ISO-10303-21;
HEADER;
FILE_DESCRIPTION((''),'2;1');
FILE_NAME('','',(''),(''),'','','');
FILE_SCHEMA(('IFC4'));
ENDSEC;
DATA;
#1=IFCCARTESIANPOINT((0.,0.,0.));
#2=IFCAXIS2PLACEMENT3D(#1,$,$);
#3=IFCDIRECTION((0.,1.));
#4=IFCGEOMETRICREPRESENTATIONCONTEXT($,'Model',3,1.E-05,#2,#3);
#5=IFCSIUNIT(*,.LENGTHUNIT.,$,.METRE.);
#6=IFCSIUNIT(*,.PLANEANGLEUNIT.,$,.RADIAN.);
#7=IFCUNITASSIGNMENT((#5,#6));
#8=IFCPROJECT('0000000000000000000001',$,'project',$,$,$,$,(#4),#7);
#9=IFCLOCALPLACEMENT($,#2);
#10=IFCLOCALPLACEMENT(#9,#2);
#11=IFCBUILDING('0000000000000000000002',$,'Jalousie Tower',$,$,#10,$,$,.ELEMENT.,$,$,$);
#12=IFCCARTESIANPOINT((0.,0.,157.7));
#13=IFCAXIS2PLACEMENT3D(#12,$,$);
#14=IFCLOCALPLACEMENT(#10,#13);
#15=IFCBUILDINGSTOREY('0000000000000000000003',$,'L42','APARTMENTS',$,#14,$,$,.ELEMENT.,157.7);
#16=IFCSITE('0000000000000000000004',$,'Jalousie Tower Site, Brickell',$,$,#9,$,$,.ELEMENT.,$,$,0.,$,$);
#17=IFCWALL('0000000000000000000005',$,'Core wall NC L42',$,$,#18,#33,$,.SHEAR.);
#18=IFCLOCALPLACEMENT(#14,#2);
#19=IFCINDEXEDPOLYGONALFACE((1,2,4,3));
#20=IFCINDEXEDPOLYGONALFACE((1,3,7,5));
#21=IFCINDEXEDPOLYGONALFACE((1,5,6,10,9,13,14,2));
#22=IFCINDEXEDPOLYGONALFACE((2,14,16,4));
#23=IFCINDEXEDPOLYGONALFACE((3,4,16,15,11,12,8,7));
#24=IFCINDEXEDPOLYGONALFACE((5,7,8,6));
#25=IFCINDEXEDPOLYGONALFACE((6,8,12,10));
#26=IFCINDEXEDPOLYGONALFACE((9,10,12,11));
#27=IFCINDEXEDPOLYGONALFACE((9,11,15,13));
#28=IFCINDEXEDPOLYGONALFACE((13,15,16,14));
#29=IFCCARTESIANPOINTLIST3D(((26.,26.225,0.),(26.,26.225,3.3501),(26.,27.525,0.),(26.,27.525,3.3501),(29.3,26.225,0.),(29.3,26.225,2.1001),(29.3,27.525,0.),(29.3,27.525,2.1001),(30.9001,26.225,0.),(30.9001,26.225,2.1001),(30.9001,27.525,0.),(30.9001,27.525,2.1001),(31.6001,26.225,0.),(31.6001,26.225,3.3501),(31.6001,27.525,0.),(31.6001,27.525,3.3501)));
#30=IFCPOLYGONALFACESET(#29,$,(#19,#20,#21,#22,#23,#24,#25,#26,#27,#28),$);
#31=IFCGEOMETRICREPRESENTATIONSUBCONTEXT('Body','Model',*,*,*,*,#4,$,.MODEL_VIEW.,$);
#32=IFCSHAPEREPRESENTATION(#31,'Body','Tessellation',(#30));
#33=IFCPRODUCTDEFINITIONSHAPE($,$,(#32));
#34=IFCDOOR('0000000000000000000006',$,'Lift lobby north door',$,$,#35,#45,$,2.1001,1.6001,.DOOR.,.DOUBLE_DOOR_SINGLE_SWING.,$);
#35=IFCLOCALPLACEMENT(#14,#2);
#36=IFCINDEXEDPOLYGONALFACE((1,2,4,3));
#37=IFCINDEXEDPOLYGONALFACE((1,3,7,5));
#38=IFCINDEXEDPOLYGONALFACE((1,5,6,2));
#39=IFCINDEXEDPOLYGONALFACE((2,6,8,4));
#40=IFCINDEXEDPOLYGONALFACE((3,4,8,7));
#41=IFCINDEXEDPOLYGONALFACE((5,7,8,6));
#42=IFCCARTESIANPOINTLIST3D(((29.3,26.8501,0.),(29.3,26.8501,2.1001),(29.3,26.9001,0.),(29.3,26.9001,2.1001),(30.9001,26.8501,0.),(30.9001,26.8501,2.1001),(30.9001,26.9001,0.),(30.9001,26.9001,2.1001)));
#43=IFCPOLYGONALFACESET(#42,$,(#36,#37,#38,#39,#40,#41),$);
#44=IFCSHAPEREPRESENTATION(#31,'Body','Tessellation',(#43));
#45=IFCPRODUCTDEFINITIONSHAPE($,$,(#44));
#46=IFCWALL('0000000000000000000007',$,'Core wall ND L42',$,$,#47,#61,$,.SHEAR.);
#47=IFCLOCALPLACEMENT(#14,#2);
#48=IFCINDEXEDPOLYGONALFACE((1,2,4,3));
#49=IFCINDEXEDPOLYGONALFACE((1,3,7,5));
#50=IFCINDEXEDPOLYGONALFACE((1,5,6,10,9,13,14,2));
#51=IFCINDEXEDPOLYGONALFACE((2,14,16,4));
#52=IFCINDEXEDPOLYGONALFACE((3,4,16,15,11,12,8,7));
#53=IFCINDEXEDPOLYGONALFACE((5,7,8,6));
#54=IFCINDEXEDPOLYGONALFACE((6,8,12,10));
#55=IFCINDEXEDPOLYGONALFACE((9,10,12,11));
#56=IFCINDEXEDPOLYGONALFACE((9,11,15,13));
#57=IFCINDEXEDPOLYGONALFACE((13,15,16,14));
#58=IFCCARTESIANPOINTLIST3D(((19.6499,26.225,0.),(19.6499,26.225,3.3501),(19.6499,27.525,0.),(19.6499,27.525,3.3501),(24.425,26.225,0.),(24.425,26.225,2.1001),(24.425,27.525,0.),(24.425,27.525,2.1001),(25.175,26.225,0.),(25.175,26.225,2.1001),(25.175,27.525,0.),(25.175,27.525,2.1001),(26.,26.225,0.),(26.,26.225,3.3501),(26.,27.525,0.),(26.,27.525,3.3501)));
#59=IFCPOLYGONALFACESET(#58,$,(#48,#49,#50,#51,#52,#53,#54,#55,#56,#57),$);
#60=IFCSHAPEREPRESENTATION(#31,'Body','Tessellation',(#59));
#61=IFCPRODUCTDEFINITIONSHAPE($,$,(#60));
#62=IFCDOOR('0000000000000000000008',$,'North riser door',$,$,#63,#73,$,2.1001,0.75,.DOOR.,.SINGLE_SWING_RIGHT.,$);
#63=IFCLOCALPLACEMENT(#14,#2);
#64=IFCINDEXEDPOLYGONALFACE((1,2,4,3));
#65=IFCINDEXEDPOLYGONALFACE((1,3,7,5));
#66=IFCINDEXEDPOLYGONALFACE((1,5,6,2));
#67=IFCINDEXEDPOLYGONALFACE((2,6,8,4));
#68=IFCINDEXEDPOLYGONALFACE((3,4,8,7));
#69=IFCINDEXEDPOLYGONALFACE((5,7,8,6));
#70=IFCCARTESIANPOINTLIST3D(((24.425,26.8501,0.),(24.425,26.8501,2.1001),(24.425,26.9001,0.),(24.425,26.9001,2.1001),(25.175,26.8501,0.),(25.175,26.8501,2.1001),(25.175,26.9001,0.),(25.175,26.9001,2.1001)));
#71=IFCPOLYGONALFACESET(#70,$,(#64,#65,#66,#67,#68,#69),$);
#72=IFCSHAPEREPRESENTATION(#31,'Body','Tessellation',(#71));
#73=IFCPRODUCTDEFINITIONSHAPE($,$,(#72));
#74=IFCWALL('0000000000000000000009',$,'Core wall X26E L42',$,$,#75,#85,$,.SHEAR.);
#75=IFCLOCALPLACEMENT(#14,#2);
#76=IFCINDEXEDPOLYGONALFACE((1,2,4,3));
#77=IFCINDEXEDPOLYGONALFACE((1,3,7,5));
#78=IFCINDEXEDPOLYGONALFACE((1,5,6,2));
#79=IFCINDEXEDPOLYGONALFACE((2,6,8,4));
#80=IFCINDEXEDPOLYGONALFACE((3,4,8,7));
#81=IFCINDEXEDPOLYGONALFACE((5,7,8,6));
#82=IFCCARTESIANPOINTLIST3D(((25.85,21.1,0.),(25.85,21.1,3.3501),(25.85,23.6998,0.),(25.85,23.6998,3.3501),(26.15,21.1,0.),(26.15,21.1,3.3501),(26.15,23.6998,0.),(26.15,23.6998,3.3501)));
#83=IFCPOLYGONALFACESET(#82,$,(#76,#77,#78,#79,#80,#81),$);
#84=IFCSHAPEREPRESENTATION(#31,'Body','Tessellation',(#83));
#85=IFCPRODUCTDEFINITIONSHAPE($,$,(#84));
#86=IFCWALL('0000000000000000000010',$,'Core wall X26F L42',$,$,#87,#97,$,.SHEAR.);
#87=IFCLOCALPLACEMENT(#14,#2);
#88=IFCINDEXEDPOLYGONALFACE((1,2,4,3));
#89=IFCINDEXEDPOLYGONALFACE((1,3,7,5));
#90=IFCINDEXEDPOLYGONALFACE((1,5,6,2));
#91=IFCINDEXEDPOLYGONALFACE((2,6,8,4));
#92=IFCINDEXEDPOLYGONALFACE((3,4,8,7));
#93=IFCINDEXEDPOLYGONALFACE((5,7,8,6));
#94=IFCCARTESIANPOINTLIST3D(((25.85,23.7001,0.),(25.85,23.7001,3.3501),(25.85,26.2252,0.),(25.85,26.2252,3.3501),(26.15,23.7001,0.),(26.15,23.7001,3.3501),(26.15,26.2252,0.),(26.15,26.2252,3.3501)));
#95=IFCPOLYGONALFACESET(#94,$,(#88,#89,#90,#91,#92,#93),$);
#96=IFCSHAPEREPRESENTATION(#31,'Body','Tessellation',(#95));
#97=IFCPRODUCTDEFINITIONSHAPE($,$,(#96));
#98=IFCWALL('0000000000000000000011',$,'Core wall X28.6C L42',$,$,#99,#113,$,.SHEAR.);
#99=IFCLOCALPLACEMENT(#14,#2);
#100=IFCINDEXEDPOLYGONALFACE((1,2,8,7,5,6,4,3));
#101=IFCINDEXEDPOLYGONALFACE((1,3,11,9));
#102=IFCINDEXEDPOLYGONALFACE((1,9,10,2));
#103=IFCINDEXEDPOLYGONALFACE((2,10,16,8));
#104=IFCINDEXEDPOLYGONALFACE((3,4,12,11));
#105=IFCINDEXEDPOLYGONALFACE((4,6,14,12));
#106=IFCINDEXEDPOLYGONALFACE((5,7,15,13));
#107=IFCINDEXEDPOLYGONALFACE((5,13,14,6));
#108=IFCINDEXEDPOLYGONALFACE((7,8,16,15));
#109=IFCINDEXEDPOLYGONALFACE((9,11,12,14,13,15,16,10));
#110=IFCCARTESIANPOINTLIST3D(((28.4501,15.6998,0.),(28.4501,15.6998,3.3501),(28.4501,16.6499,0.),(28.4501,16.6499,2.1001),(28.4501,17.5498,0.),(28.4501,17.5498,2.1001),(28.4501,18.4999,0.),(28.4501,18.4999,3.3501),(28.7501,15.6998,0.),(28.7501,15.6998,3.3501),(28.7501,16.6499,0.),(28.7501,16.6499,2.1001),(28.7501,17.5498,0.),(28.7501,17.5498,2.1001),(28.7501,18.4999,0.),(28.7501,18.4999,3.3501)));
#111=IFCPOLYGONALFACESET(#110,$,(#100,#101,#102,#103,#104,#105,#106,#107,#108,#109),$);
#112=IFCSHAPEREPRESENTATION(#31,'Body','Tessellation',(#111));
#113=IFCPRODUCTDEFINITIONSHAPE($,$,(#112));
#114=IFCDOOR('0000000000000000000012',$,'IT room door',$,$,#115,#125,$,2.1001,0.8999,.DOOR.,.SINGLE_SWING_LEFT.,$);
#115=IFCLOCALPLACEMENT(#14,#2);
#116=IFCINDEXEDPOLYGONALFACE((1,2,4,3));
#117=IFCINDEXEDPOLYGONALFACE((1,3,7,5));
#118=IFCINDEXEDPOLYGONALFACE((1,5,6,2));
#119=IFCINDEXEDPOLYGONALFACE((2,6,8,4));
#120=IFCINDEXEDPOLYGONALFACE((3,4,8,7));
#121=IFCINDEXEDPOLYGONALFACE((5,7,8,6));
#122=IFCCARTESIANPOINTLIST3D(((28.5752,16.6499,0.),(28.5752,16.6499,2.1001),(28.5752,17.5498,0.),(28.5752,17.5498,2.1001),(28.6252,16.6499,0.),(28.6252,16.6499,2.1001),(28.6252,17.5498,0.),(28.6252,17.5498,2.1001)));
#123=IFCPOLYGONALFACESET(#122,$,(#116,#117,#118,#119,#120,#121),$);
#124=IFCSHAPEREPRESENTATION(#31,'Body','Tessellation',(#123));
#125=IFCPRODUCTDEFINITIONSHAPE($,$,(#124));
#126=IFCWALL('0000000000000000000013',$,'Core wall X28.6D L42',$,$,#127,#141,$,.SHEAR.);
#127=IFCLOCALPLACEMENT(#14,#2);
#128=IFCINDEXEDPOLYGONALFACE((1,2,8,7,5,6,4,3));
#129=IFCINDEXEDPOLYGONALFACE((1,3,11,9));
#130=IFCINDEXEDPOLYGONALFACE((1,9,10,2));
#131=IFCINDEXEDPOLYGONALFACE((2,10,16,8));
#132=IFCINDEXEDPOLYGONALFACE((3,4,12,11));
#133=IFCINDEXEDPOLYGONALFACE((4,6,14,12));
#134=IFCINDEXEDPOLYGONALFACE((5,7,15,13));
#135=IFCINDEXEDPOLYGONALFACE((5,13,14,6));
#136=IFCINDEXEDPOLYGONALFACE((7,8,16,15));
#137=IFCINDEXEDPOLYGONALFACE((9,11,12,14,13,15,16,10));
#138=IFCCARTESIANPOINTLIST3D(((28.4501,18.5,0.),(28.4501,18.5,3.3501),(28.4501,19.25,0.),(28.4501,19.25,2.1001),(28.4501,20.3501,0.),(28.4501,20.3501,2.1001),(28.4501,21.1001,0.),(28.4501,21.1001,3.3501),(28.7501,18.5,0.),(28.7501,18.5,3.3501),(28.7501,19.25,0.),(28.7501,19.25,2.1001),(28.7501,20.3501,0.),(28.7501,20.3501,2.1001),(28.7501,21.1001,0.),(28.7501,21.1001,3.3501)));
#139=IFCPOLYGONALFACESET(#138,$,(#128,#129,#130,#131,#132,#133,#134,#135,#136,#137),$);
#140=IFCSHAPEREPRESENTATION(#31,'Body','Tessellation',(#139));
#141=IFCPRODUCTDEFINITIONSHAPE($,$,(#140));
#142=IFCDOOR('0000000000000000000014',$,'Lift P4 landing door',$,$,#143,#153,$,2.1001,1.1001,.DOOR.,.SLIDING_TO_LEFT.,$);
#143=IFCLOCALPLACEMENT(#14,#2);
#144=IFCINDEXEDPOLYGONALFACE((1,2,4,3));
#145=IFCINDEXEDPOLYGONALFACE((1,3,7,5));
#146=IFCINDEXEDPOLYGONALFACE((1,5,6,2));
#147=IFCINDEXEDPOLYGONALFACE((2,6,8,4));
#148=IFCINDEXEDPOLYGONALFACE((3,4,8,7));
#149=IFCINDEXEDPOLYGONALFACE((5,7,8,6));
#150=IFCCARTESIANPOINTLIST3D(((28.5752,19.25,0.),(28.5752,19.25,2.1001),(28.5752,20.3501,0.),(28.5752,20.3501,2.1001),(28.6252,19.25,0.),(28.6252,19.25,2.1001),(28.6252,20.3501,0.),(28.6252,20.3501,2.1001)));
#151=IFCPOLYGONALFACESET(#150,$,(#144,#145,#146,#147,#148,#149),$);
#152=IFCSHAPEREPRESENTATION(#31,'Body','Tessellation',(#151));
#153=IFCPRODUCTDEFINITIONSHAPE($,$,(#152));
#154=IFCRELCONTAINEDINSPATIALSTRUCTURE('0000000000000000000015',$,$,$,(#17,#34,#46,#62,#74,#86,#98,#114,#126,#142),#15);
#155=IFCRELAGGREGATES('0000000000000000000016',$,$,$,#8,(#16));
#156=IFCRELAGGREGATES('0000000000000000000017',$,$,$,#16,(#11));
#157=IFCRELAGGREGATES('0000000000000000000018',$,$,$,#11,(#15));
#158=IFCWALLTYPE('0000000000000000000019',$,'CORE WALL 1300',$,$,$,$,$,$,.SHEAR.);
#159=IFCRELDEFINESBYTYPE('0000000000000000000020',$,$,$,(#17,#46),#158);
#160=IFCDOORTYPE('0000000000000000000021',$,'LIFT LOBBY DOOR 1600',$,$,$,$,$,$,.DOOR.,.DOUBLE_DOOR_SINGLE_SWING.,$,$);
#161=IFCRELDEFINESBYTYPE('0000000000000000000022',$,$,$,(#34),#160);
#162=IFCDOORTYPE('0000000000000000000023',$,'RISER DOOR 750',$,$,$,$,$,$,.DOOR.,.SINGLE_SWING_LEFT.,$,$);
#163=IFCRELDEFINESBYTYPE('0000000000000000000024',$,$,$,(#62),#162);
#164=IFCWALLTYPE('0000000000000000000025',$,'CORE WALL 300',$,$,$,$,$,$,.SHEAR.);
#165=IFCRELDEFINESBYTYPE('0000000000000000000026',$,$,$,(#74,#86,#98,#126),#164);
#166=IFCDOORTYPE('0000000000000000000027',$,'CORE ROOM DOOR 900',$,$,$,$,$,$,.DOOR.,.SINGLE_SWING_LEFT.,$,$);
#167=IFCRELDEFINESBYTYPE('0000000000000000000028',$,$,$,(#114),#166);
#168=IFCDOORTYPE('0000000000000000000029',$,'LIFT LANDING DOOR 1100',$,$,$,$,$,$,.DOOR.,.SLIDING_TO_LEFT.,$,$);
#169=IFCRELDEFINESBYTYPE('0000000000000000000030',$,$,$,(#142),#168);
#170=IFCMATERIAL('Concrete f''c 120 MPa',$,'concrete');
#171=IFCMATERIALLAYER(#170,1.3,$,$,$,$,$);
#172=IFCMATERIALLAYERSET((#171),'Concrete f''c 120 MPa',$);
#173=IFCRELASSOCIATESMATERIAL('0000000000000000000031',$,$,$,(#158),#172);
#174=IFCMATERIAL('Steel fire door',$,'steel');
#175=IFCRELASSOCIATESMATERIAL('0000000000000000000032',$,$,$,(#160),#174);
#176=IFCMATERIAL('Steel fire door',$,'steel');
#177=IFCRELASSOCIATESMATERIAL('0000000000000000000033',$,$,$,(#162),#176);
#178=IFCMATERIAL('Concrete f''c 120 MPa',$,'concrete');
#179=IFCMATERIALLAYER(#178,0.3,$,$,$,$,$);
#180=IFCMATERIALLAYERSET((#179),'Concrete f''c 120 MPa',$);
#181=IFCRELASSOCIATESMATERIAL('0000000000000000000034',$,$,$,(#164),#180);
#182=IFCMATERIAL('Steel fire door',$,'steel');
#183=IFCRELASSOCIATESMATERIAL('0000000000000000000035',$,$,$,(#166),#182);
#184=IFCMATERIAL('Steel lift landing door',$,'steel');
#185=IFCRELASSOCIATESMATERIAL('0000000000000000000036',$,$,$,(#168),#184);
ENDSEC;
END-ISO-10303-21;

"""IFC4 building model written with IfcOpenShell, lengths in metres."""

from ifc_helpers import new_model, si_unit, direction, frame, frame_2d, origin, place, context, subcontext, project, spatial, rectangle, extrude, material, layer, layer_set, type_object, element, fill, save


model = new_model("IFC4")

# Units and contexts
model_context = context("Model", 3, precision=1e-05, world=origin(), true_north=direction((0.0, 1.0)))
body_context = subcontext(model_context, "Body", "Model", "MODEL_VIEW")
ifc_project = project(units=[si_unit("LENGTHUNIT", "METRE"), si_unit("PLANEANGLEUNIT", "RADIAN")], contexts=[model_context])

# Site, building, storey
site_placement = place(None, origin())
site = spatial("IfcSite", under=ifc_project, at=site_placement, Name="Jalousie Tower Site, Brickell", CompositionType="ELEMENT", RefElevation=0.0)
building_placement = place(site_placement, origin())
building = spatial("IfcBuilding", under=site, at=building_placement, Name="Jalousie Tower", CompositionType="ELEMENT")
storey_placement = place(building_placement, frame((0.0, 0.0, 157.7)))
storey = spatial("IfcBuildingStorey", under=building, at=storey_placement, Name="L42", Description="APARTMENTS", CompositionType="ELEMENT", Elevation=157.7)

# Walls, openings, doors
ifc_material_1 = material(Name="Concrete f'c 120 MPa", Category="concrete")
ifc_layer_1 = layer(ifc_material_1, 1.3)
ifc_layer_set_1 = layer_set([ifc_layer_1], Name="Concrete f'c 120 MPa")
wall_type_1 = type_object("IfcWallType", Name="CORE WALL 1300", PredefinedType="SHEAR", material=ifc_layer_set_1)
wall_1_placement = place(storey_placement, frame((31.6001, 26.875, 0.0), z_axis=(0.0, 0.0, 1.0), x_axis=(-1.0, 0.0, 0.0)))
wall_1 = element("IfcWall", 1, at=wall_1_placement, inside=storey, type_object=wall_type_1, Name="Core wall NC L42", PredefinedType="SHEAR", context=body_context, shape_type="SweptSolid", body=[
    extrude(rectangle(XDim=5.6001, YDim=1.3, at=frame_2d((2.8, 0.0))), origin(), (0.0, 0.0, 1.0), 3.3501),
])
opening_1_placement = place(wall_1_placement, frame((0.7, 0.0, 0.0)))
opening_1 = element("IfcOpeningElement", 2, at=opening_1_placement, cuts=wall_1, PredefinedType="OPENING", context=body_context, shape_type="SweptSolid", body=[
    extrude(rectangle(XDim=1.6001, YDim=2.1001, at=frame_2d((0.8, 1.05))), frame((0.0, 0.6599, 0.0), z_axis=(0.0, -1.0, 0.0), x_axis=(1.0, 0.0, 0.0)), (0.0, 0.0, 1.0), 1.3201),
])
ifc_material_2 = material(Name="Steel fire door", Category="steel")
door_type_1 = type_object("IfcDoorType", Name="LIFT LOBBY DOOR 1600", OperationType="DOUBLE_DOOR_SINGLE_SWING", PredefinedType="DOOR", material=ifc_material_2)
door_1_placement = place(opening_1_placement, origin())
door_1 = element("IfcDoor", 3, at=door_1_placement, inside=storey, type_object=door_type_1, Name="Lift lobby north door", OperationType="DOUBLE_DOOR_SINGLE_SWING", OverallHeight=2.1001, OverallWidth=1.6001, PredefinedType="DOOR", context=body_context, shape_type="SweptSolid", body=[
    extrude(rectangle(XDim=1.6001, YDim=2.1001, at=frame_2d((0.8, 1.05))), frame((0.0, 0.0249, 0.0), z_axis=(0.0, -1.0, 0.0), x_axis=(1.0, 0.0, 0.0)), (0.0, 0.0, 1.0), 0.05),
])
fill(opening_1, door_1)
wall_2_placement = place(storey_placement, frame((26.0, 26.875, 0.0), z_axis=(0.0, 0.0, 1.0), x_axis=(-1.0, 0.0, 0.0)))
wall_2 = element("IfcWall", 4, at=wall_2_placement, inside=storey, type_object=wall_type_1, Name="Core wall ND L42", PredefinedType="SHEAR", context=body_context, shape_type="SweptSolid", body=[
    extrude(rectangle(XDim=6.3501, YDim=1.3, at=frame_2d((3.175, 0.0))), origin(), (0.0, 0.0, 1.0), 3.3501),
])
opening_2_placement = place(wall_2_placement, frame((0.825, 0.0, 0.0)))
opening_2 = element("IfcOpeningElement", 5, at=opening_2_placement, cuts=wall_2, PredefinedType="OPENING", context=body_context, shape_type="SweptSolid", body=[
    extrude(rectangle(XDim=0.75, YDim=2.1001, at=frame_2d((0.375, 1.05))), frame((0.0, 0.6599, 0.0), z_axis=(0.0, -1.0, 0.0), x_axis=(1.0, 0.0, 0.0)), (0.0, 0.0, 1.0), 1.3201),
])
ifc_material_3 = material(Name="Steel fire door", Category="steel")
door_type_2 = type_object("IfcDoorType", Name="RISER DOOR 750", OperationType="SINGLE_SWING_LEFT", PredefinedType="DOOR", material=ifc_material_3)
door_2_placement = place(opening_2_placement, origin())
door_2 = element("IfcDoor", 6, at=door_2_placement, inside=storey, type_object=door_type_2, Name="North riser door", OperationType="SINGLE_SWING_RIGHT", OverallHeight=2.1001, OverallWidth=0.75, PredefinedType="DOOR", context=body_context, shape_type="SweptSolid", body=[
    extrude(rectangle(XDim=0.75, YDim=2.1001, at=frame_2d((0.375, 1.05))), frame((0.0, 0.0249, 0.0), z_axis=(0.0, -1.0, 0.0), x_axis=(1.0, 0.0, 0.0)), (0.0, 0.0, 1.0), 0.05),
])
fill(opening_2, door_2)

# Walls
ifc_material_4 = material(Name="Concrete f'c 120 MPa", Category="concrete")
ifc_layer_2 = layer(ifc_material_4, 0.3)
ifc_layer_set_2 = layer_set([ifc_layer_2], Name="Concrete f'c 120 MPa")
wall_type_2 = type_object("IfcWallType", Name="CORE WALL 300", PredefinedType="SHEAR", material=ifc_layer_set_2)
wall_3_placement = place(storey_placement, frame((26.0, 21.1001, 0.0), z_axis=(0.0, 0.0, 1.0), x_axis=(0.0, 1.0, 0.0)))
element("IfcWall", 7, at=wall_3_placement, inside=storey, type_object=wall_type_2, Name="Core wall X26E L42", PredefinedType="SHEAR", context=body_context, shape_type="SweptSolid", body=[
    extrude(rectangle(XDim=2.5999, YDim=0.3, at=frame_2d((1.2998, 0.0))), origin(), (0.0, 0.0, 1.0), 3.3501),
])
wall_4_placement = place(storey_placement, frame((26.0, 23.7, 0.0), z_axis=(0.0, 0.0, 1.0), x_axis=(0.0, 1.0, 0.0)))
element("IfcWall", 8, at=wall_4_placement, inside=storey, type_object=wall_type_2, Name="Core wall X26F L42", PredefinedType="SHEAR", context=body_context, shape_type="SweptSolid", body=[
    extrude(rectangle(XDim=2.5251, YDim=0.3, at=frame_2d((1.2627, 0.0))), origin(), (0.0, 0.0, 1.0), 3.3501),
])

# Walls, openings, doors
wall_5_placement = place(storey_placement, frame((28.6001, 15.7, 0.0), z_axis=(0.0, 0.0, 1.0), x_axis=(0.0, 1.0, 0.0)))
wall_5 = element("IfcWall", 9, at=wall_5_placement, inside=storey, type_object=wall_type_2, Name="Core wall X28.6C L42", PredefinedType="SHEAR", context=body_context, shape_type="SweptSolid", body=[
    extrude(rectangle(XDim=2.8, YDim=0.3, at=frame_2d((1.3999, 0.0))), origin(), (0.0, 0.0, 1.0), 3.3501),
])
opening_3_placement = place(wall_5_placement, frame((0.95, 0.0, 0.0)))
opening_3 = element("IfcOpeningElement", 10, at=opening_3_placement, cuts=wall_5, PredefinedType="OPENING", context=body_context, shape_type="SweptSolid", body=[
    extrude(rectangle(XDim=0.8999, YDim=2.1001, at=frame_2d((0.45, 1.05))), frame((0.0, 0.1599, 0.0), z_axis=(0.0, -1.0, 0.0), x_axis=(1.0, 0.0, 0.0)), (0.0, 0.0, 1.0), 0.3201),
])
ifc_material_5 = material(Name="Steel fire door", Category="steel")
door_type_3 = type_object("IfcDoorType", Name="CORE ROOM DOOR 900", OperationType="SINGLE_SWING_LEFT", PredefinedType="DOOR", material=ifc_material_5)
door_3_placement = place(opening_3_placement, origin())
door_3 = element("IfcDoor", 11, at=door_3_placement, inside=storey, type_object=door_type_3, Name="IT room door", OperationType="SINGLE_SWING_LEFT", OverallHeight=2.1001, OverallWidth=0.8999, PredefinedType="DOOR", context=body_context, shape_type="SweptSolid", body=[
    extrude(rectangle(XDim=0.8999, YDim=2.1001, at=frame_2d((0.45, 1.05))), frame((0.0, 0.0249, 0.0), z_axis=(0.0, -1.0, 0.0), x_axis=(1.0, 0.0, 0.0)), (0.0, 0.0, 1.0), 0.05),
])
fill(opening_3, door_3)
wall_6_placement = place(storey_placement, frame((28.6001, 18.5, 0.0), z_axis=(0.0, 0.0, 1.0), x_axis=(0.0, 1.0, 0.0)))
wall_6 = element("IfcWall", 12, at=wall_6_placement, inside=storey, type_object=wall_type_2, Name="Core wall X28.6D L42", PredefinedType="SHEAR", context=body_context, shape_type="SweptSolid", body=[
    extrude(rectangle(XDim=2.6001, YDim=0.3, at=frame_2d((1.3, 0.0))), origin(), (0.0, 0.0, 1.0), 3.3501),
])
opening_4_placement = place(wall_6_placement, frame((0.75, 0.0, 0.0)))
opening_4 = element("IfcOpeningElement", 13, at=opening_4_placement, cuts=wall_6, PredefinedType="OPENING", context=body_context, shape_type="SweptSolid", body=[
    extrude(rectangle(XDim=1.1001, YDim=2.1001, at=frame_2d((0.55, 1.05))), frame((0.0, 0.1599, 0.0), z_axis=(0.0, -1.0, 0.0), x_axis=(1.0, 0.0, 0.0)), (0.0, 0.0, 1.0), 0.3201),
])
ifc_material_6 = material(Name="Steel lift landing door", Category="steel")
door_type_4 = type_object("IfcDoorType", Name="LIFT LANDING DOOR 1100", OperationType="SLIDING_TO_LEFT", PredefinedType="DOOR", material=ifc_material_6)
door_4_placement = place(opening_4_placement, origin())
door_4 = element("IfcDoor", 14, at=door_4_placement, inside=storey, type_object=door_type_4, Name="Lift P4 landing door", OperationType="SLIDING_TO_LEFT", OverallHeight=2.1001, OverallWidth=1.1001, PredefinedType="DOOR", context=body_context, shape_type="SweptSolid", body=[
    extrude(rectangle(XDim=1.1001, YDim=2.1001, at=frame_2d((0.55, 1.05))), frame((0.0, 0.0249, 0.0), z_axis=(0.0, -1.0, 0.0), x_axis=(1.0, 0.0, 0.0)), (0.0, 0.0, 1.0), 0.05),
])
fill(opening_4, door_4)

save(model, "model.ifc")
